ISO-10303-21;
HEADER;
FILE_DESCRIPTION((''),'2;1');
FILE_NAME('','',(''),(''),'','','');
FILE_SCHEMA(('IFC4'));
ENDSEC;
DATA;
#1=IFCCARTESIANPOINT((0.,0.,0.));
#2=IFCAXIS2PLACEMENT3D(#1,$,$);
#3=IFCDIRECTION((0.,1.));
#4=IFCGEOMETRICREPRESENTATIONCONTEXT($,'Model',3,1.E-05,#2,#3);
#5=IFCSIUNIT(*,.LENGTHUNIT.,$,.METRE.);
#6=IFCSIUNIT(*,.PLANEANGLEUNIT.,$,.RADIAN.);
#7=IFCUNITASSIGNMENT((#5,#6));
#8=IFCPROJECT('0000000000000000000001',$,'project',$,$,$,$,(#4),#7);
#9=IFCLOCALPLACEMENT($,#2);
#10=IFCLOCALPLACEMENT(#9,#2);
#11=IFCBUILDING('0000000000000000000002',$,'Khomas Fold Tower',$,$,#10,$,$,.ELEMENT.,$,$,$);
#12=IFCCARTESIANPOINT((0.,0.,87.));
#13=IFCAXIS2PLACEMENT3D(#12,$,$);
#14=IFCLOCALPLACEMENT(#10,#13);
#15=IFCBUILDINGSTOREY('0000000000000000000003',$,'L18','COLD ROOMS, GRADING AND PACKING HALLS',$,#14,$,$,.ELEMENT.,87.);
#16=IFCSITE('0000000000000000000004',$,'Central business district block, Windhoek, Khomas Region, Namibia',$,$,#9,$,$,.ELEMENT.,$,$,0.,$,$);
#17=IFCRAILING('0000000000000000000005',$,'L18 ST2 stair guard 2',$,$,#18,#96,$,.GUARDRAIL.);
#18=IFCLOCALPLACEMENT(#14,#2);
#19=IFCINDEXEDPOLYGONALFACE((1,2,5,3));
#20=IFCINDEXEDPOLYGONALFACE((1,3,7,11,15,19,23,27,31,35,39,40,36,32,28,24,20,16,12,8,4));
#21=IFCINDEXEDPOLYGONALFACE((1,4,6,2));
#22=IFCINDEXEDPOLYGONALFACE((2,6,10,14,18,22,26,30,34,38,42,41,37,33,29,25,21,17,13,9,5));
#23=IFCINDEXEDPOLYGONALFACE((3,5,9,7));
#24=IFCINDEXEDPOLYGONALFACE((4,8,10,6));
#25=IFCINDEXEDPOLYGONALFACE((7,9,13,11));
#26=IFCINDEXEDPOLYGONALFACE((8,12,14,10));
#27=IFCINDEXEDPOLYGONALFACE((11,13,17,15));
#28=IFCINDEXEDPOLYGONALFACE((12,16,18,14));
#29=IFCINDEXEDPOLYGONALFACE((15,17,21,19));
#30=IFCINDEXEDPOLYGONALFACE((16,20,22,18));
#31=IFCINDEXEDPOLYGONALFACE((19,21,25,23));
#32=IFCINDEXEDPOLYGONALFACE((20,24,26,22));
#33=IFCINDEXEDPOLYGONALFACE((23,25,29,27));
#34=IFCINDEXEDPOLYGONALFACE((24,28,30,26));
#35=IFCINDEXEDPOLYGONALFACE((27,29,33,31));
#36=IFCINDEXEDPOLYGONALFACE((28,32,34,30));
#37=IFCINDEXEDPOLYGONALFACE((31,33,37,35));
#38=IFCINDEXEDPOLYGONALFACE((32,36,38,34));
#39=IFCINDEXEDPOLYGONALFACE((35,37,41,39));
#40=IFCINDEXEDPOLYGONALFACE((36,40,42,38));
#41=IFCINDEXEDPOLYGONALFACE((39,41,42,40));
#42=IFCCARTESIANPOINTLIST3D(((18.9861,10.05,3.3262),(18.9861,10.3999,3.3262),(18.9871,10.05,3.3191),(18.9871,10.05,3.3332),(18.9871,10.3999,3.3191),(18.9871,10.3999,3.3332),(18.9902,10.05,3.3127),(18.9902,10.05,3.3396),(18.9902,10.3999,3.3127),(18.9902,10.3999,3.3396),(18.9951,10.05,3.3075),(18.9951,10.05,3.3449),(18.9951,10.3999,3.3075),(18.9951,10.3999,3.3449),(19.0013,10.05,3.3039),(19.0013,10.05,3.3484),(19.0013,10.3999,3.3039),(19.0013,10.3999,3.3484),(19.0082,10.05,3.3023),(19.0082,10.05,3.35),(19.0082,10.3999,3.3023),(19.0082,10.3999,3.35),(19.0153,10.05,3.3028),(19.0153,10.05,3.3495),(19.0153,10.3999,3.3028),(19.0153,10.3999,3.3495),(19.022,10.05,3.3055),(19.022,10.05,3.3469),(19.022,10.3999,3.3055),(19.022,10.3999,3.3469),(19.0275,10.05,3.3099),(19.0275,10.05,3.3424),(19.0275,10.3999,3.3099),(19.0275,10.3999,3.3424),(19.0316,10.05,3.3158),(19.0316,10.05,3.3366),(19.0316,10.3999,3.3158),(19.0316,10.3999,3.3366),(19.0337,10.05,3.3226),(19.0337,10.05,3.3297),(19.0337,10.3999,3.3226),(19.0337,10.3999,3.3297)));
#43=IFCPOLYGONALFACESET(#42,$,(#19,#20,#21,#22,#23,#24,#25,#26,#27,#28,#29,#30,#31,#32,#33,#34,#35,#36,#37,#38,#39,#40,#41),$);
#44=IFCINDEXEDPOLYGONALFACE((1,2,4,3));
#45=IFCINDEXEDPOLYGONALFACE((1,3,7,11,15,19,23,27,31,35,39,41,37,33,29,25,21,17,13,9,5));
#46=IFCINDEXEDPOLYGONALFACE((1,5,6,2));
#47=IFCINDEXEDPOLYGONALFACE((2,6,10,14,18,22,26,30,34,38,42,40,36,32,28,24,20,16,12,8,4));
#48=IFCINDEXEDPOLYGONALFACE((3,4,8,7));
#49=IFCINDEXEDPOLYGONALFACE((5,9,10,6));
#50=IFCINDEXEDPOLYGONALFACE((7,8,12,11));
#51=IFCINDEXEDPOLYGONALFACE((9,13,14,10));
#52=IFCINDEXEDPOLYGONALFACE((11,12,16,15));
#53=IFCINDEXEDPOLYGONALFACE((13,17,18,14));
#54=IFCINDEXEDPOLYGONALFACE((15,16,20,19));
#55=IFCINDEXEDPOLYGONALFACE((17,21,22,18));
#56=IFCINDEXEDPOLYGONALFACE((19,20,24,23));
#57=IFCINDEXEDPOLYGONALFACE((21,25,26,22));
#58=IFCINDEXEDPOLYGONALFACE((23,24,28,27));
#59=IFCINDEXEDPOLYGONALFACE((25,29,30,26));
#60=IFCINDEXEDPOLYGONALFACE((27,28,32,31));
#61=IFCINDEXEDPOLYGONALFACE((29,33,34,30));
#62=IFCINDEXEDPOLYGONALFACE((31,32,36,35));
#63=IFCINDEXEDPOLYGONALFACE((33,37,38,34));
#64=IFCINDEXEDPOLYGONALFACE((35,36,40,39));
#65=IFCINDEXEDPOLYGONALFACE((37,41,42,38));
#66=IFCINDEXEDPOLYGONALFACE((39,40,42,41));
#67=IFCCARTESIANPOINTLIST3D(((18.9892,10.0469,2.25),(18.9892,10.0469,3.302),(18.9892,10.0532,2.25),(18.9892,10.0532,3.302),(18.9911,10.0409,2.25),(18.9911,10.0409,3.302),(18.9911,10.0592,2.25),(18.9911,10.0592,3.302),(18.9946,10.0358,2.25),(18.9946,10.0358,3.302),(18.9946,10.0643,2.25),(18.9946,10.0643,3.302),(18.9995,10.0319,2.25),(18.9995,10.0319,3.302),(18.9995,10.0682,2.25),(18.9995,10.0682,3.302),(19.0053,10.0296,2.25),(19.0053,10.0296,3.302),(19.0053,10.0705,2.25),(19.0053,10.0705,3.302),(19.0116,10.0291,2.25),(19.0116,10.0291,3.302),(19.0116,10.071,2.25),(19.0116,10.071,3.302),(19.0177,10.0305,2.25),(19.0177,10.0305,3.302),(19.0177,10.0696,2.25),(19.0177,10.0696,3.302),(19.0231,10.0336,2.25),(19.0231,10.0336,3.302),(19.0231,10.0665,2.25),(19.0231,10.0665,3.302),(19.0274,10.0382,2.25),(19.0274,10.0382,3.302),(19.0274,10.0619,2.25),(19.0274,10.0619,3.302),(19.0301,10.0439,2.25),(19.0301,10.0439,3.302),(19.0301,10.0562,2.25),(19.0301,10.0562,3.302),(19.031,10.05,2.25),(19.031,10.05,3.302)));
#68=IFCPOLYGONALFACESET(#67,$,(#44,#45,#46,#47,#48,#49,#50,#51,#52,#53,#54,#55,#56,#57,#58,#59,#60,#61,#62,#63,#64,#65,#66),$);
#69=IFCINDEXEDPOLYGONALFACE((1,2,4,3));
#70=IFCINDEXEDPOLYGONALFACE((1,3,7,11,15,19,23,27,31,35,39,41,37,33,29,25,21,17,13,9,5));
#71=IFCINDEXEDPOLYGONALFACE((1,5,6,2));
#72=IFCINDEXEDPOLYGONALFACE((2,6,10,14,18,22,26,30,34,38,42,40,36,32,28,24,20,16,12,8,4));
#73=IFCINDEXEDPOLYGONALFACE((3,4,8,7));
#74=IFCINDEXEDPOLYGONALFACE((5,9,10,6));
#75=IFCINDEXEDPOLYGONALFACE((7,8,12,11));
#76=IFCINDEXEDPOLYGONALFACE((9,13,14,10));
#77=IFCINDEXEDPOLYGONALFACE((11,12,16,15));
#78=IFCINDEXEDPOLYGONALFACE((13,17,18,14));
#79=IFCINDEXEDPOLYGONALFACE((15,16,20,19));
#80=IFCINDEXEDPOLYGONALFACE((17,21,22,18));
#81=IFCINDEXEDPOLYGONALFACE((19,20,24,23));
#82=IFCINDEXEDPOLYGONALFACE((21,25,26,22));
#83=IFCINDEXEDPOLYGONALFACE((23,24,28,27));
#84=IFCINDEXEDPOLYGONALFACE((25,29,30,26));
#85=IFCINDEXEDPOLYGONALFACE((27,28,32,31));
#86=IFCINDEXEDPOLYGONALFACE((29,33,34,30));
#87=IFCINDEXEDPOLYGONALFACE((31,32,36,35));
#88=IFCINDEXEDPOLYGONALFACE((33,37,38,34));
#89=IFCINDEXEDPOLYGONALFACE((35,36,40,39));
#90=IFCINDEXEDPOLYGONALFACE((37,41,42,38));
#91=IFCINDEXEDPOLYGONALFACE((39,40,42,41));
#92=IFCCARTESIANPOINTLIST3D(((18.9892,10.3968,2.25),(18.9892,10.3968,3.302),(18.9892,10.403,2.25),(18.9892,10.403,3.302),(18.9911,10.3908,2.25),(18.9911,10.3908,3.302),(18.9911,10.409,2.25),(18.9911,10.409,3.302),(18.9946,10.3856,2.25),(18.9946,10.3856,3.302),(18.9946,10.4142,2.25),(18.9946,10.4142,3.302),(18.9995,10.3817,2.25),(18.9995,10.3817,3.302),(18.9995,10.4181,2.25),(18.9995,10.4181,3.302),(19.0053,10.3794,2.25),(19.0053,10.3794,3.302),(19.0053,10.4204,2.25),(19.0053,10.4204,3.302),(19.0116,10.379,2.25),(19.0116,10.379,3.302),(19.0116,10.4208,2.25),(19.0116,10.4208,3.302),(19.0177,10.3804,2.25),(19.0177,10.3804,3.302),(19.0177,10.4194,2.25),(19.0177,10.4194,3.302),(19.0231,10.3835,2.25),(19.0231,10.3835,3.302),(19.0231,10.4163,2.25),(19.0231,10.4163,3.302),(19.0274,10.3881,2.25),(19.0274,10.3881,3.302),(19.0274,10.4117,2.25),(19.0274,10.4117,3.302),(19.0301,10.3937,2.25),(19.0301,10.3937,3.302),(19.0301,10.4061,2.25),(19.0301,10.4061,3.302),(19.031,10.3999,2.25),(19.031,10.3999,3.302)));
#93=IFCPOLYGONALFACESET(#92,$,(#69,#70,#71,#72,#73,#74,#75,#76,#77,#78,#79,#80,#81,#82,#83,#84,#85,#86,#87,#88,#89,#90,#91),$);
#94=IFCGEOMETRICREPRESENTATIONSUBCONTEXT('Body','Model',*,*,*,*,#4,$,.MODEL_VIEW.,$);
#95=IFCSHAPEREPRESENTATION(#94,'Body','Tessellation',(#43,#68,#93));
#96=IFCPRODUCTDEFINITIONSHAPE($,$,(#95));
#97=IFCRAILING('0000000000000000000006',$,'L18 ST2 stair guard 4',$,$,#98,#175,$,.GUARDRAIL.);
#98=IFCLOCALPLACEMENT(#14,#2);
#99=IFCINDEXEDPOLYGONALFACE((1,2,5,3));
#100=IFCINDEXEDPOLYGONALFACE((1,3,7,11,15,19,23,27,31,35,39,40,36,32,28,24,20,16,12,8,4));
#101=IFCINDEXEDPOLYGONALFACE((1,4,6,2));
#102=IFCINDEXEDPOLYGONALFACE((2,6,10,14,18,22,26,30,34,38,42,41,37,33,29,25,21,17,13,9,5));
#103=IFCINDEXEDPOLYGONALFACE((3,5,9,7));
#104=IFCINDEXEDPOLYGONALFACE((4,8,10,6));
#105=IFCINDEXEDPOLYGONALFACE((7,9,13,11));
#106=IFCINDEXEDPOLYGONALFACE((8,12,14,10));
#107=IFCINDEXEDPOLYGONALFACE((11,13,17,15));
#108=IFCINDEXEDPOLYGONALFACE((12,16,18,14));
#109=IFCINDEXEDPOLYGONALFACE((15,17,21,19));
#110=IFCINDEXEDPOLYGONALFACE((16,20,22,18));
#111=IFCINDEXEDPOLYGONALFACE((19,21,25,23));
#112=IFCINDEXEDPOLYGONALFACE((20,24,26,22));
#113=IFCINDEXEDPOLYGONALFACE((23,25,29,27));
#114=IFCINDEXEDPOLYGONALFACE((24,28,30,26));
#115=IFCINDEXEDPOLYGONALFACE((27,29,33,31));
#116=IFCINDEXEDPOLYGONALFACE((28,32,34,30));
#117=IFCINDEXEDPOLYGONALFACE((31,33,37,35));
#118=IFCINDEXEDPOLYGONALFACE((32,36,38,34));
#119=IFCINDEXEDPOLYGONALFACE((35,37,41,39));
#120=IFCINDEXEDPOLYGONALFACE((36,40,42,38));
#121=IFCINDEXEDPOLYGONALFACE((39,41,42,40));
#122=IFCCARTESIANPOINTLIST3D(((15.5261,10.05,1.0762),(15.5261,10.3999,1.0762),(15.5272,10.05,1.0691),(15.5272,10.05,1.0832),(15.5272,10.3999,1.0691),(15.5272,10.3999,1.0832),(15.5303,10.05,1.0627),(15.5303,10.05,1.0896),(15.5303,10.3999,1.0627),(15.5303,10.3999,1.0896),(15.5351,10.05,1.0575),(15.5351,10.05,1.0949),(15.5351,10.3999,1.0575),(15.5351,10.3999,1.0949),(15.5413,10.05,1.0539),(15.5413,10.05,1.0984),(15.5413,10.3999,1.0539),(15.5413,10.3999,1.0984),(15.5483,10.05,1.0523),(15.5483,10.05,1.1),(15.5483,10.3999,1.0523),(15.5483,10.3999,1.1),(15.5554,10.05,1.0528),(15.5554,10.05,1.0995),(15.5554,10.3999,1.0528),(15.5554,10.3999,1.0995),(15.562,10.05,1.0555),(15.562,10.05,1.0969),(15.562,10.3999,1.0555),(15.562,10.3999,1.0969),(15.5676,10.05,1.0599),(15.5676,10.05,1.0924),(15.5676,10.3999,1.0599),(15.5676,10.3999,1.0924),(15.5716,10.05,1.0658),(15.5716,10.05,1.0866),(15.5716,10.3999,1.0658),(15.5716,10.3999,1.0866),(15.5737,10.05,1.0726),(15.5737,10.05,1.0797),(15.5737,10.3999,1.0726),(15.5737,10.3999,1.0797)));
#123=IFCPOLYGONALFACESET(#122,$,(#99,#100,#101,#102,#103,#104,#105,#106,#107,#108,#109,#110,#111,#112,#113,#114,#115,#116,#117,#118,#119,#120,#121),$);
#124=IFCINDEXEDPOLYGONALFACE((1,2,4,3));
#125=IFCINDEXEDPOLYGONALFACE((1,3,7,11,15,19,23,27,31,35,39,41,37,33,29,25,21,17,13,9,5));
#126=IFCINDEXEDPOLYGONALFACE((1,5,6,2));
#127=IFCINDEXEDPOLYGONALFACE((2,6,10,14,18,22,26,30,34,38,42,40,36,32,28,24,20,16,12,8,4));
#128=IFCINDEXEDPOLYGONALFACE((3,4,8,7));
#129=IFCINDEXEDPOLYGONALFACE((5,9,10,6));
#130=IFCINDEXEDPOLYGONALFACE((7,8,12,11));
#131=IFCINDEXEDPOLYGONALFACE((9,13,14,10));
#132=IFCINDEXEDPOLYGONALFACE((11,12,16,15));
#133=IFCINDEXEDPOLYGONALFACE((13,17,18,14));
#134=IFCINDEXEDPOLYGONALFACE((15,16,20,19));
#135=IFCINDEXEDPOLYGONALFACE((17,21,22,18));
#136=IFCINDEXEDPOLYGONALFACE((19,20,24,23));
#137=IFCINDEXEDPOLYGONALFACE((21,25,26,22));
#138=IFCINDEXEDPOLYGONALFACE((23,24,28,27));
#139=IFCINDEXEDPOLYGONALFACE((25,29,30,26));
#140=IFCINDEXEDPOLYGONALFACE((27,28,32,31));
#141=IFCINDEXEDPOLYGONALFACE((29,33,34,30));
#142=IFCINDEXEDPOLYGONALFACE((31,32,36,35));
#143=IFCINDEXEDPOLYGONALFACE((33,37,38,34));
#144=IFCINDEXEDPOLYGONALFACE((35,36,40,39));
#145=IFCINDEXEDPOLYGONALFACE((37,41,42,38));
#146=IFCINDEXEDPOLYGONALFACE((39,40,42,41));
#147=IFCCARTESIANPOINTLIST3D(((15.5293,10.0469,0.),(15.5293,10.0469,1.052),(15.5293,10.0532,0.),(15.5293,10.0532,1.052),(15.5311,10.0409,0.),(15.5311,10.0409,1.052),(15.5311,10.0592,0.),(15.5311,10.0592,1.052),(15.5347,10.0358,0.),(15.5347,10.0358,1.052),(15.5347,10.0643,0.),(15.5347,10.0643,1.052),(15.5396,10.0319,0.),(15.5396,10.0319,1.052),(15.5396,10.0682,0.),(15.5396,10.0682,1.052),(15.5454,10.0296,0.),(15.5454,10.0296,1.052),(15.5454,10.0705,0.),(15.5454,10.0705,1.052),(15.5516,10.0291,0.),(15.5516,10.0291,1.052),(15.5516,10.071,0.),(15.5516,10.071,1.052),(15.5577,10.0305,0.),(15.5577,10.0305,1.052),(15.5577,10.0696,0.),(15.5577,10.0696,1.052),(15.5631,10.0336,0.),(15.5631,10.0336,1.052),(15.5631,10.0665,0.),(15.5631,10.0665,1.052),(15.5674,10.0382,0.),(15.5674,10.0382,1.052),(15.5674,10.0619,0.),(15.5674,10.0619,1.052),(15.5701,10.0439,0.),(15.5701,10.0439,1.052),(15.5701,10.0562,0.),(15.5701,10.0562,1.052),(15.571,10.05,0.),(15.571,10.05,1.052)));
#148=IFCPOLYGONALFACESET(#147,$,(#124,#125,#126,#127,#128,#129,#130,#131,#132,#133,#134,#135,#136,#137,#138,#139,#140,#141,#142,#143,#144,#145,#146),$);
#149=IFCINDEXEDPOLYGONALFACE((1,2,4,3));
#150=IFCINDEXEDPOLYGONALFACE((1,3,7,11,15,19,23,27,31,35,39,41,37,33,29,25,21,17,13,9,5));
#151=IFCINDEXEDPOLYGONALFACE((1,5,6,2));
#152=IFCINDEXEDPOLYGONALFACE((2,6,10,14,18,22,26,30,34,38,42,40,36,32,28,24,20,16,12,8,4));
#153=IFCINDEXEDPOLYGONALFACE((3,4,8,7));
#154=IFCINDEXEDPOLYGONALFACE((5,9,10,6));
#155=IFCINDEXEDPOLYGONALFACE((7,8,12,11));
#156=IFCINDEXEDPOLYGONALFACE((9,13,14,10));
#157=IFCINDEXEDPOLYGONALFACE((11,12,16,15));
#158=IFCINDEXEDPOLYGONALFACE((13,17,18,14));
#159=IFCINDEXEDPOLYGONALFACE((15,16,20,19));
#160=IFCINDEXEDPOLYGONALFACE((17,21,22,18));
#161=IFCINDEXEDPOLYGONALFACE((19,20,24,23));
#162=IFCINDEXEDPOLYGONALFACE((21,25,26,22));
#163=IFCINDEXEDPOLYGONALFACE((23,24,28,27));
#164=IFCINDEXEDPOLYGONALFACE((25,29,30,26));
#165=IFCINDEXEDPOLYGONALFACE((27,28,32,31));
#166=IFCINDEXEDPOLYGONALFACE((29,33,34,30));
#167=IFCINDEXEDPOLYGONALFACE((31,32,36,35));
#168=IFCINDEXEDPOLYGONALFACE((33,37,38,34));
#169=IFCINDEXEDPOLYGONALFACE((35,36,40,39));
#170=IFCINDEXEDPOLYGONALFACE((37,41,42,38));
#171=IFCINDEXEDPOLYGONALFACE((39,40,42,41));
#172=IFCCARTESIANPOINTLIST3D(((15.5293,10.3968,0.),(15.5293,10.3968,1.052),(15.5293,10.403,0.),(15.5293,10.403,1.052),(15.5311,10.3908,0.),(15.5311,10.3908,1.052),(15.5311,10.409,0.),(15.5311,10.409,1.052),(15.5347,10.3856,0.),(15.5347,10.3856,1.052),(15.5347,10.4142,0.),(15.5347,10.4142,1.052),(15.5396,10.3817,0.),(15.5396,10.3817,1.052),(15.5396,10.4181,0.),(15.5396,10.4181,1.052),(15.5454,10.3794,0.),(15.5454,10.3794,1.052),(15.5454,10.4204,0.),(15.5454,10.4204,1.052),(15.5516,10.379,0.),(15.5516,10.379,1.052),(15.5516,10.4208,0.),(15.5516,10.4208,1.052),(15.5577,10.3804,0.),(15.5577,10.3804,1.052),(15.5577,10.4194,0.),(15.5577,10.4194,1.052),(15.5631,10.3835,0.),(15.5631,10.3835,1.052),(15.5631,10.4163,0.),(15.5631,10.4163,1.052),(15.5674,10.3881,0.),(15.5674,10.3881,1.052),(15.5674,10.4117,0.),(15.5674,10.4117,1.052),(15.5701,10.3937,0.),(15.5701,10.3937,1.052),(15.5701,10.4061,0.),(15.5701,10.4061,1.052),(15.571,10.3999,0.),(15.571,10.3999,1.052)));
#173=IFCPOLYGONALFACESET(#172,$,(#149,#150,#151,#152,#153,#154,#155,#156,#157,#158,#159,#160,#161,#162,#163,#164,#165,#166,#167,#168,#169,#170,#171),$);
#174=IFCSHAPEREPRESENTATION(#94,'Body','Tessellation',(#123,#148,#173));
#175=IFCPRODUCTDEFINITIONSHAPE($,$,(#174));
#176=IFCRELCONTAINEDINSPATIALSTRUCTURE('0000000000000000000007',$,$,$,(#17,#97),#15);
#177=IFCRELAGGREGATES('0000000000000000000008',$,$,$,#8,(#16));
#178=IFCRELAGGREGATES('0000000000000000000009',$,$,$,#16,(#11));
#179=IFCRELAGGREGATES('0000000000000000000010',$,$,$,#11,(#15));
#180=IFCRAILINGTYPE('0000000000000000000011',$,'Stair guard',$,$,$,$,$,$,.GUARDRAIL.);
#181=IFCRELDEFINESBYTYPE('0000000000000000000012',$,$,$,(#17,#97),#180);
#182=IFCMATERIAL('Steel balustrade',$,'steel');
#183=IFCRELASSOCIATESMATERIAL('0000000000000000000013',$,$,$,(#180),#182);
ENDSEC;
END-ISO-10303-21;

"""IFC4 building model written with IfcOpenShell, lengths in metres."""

from ifc_helpers import new_model, si_unit, direction, frame, origin, origin_2d, place, context, subcontext, project, spatial, circle, extrude, source, transform, mapped, material, type_object, element, save


model = new_model("IFC4")

# Units and contexts
model_context = context("Model", 3, precision=1e-05, world=origin(), true_north=direction((0.0, 1.0)))
body_context = subcontext(model_context, "Body", "Model", "MODEL_VIEW")
ifc_project = project(units=[si_unit("LENGTHUNIT", "METRE"), si_unit("PLANEANGLEUNIT", "RADIAN")], contexts=[model_context])

# Site, building, storey
site_placement = place(None, origin())
site = spatial("IfcSite", under=ifc_project, at=site_placement, Name="Central business district block, Windhoek, Khomas Region, Namibia", CompositionType="ELEMENT", RefElevation=0.0)
building_placement = place(site_placement, origin())
building = spatial("IfcBuilding", under=site, at=building_placement, Name="Khomas Fold Tower", CompositionType="ELEMENT")
storey_placement = place(building_placement, frame((0.0, 0.0, 87.0)))
storey = spatial("IfcBuildingStorey", under=building, at=storey_placement, Name="L18", Description="COLD ROOMS, GRADING AND PACKING HALLS", CompositionType="ELEMENT", Elevation=87.0)

# Railings
ifc_material_1 = material(Name="Steel balustrade", Category="steel")
railing_type_1 = type_object("IfcRailingType", Name="Stair guard", PredefinedType="GUARDRAIL", material=ifc_material_1)
shared_shape_1 = source(origin(), body_context, "Body", "SweptSolid", [
    extrude(circle(Radius=0.0239, at=origin_2d()), frame((0.0, 0.0, 1.0762), z_axis=(0.0, 1.0, 0.0), x_axis=(-1.0, 0.0, 0.0)), (0.0, 0.0, 1.0), 0.3499),
    extrude(circle(Radius=0.021, at=origin_2d()), origin(), (0.0, 0.0, 1.0), 1.052),
    extrude(circle(Radius=0.021, at=origin_2d()), frame((0.0, 0.3499, 0.0)), (0.0, 0.0, 1.0), 1.052),
])
for number, where, name in (
    (1, (19.01, 10.05, 2.25), "L18 ST2 stair guard 2"),
    (2, (15.55, 10.05, 0.0), "L18 ST2 stair guard 4"),
):
    element("IfcRailing", number, at=place(storey_placement, frame(where)), inside=storey, type_object=railing_type_1, Name=name, PredefinedType="GUARDRAIL", context=body_context, shape_type="MappedRepresentation", body=[
        mapped(shared_shape_1, transform((0.0, 0.0, 0.0))),
    ])

save(model, "model.ifc")
